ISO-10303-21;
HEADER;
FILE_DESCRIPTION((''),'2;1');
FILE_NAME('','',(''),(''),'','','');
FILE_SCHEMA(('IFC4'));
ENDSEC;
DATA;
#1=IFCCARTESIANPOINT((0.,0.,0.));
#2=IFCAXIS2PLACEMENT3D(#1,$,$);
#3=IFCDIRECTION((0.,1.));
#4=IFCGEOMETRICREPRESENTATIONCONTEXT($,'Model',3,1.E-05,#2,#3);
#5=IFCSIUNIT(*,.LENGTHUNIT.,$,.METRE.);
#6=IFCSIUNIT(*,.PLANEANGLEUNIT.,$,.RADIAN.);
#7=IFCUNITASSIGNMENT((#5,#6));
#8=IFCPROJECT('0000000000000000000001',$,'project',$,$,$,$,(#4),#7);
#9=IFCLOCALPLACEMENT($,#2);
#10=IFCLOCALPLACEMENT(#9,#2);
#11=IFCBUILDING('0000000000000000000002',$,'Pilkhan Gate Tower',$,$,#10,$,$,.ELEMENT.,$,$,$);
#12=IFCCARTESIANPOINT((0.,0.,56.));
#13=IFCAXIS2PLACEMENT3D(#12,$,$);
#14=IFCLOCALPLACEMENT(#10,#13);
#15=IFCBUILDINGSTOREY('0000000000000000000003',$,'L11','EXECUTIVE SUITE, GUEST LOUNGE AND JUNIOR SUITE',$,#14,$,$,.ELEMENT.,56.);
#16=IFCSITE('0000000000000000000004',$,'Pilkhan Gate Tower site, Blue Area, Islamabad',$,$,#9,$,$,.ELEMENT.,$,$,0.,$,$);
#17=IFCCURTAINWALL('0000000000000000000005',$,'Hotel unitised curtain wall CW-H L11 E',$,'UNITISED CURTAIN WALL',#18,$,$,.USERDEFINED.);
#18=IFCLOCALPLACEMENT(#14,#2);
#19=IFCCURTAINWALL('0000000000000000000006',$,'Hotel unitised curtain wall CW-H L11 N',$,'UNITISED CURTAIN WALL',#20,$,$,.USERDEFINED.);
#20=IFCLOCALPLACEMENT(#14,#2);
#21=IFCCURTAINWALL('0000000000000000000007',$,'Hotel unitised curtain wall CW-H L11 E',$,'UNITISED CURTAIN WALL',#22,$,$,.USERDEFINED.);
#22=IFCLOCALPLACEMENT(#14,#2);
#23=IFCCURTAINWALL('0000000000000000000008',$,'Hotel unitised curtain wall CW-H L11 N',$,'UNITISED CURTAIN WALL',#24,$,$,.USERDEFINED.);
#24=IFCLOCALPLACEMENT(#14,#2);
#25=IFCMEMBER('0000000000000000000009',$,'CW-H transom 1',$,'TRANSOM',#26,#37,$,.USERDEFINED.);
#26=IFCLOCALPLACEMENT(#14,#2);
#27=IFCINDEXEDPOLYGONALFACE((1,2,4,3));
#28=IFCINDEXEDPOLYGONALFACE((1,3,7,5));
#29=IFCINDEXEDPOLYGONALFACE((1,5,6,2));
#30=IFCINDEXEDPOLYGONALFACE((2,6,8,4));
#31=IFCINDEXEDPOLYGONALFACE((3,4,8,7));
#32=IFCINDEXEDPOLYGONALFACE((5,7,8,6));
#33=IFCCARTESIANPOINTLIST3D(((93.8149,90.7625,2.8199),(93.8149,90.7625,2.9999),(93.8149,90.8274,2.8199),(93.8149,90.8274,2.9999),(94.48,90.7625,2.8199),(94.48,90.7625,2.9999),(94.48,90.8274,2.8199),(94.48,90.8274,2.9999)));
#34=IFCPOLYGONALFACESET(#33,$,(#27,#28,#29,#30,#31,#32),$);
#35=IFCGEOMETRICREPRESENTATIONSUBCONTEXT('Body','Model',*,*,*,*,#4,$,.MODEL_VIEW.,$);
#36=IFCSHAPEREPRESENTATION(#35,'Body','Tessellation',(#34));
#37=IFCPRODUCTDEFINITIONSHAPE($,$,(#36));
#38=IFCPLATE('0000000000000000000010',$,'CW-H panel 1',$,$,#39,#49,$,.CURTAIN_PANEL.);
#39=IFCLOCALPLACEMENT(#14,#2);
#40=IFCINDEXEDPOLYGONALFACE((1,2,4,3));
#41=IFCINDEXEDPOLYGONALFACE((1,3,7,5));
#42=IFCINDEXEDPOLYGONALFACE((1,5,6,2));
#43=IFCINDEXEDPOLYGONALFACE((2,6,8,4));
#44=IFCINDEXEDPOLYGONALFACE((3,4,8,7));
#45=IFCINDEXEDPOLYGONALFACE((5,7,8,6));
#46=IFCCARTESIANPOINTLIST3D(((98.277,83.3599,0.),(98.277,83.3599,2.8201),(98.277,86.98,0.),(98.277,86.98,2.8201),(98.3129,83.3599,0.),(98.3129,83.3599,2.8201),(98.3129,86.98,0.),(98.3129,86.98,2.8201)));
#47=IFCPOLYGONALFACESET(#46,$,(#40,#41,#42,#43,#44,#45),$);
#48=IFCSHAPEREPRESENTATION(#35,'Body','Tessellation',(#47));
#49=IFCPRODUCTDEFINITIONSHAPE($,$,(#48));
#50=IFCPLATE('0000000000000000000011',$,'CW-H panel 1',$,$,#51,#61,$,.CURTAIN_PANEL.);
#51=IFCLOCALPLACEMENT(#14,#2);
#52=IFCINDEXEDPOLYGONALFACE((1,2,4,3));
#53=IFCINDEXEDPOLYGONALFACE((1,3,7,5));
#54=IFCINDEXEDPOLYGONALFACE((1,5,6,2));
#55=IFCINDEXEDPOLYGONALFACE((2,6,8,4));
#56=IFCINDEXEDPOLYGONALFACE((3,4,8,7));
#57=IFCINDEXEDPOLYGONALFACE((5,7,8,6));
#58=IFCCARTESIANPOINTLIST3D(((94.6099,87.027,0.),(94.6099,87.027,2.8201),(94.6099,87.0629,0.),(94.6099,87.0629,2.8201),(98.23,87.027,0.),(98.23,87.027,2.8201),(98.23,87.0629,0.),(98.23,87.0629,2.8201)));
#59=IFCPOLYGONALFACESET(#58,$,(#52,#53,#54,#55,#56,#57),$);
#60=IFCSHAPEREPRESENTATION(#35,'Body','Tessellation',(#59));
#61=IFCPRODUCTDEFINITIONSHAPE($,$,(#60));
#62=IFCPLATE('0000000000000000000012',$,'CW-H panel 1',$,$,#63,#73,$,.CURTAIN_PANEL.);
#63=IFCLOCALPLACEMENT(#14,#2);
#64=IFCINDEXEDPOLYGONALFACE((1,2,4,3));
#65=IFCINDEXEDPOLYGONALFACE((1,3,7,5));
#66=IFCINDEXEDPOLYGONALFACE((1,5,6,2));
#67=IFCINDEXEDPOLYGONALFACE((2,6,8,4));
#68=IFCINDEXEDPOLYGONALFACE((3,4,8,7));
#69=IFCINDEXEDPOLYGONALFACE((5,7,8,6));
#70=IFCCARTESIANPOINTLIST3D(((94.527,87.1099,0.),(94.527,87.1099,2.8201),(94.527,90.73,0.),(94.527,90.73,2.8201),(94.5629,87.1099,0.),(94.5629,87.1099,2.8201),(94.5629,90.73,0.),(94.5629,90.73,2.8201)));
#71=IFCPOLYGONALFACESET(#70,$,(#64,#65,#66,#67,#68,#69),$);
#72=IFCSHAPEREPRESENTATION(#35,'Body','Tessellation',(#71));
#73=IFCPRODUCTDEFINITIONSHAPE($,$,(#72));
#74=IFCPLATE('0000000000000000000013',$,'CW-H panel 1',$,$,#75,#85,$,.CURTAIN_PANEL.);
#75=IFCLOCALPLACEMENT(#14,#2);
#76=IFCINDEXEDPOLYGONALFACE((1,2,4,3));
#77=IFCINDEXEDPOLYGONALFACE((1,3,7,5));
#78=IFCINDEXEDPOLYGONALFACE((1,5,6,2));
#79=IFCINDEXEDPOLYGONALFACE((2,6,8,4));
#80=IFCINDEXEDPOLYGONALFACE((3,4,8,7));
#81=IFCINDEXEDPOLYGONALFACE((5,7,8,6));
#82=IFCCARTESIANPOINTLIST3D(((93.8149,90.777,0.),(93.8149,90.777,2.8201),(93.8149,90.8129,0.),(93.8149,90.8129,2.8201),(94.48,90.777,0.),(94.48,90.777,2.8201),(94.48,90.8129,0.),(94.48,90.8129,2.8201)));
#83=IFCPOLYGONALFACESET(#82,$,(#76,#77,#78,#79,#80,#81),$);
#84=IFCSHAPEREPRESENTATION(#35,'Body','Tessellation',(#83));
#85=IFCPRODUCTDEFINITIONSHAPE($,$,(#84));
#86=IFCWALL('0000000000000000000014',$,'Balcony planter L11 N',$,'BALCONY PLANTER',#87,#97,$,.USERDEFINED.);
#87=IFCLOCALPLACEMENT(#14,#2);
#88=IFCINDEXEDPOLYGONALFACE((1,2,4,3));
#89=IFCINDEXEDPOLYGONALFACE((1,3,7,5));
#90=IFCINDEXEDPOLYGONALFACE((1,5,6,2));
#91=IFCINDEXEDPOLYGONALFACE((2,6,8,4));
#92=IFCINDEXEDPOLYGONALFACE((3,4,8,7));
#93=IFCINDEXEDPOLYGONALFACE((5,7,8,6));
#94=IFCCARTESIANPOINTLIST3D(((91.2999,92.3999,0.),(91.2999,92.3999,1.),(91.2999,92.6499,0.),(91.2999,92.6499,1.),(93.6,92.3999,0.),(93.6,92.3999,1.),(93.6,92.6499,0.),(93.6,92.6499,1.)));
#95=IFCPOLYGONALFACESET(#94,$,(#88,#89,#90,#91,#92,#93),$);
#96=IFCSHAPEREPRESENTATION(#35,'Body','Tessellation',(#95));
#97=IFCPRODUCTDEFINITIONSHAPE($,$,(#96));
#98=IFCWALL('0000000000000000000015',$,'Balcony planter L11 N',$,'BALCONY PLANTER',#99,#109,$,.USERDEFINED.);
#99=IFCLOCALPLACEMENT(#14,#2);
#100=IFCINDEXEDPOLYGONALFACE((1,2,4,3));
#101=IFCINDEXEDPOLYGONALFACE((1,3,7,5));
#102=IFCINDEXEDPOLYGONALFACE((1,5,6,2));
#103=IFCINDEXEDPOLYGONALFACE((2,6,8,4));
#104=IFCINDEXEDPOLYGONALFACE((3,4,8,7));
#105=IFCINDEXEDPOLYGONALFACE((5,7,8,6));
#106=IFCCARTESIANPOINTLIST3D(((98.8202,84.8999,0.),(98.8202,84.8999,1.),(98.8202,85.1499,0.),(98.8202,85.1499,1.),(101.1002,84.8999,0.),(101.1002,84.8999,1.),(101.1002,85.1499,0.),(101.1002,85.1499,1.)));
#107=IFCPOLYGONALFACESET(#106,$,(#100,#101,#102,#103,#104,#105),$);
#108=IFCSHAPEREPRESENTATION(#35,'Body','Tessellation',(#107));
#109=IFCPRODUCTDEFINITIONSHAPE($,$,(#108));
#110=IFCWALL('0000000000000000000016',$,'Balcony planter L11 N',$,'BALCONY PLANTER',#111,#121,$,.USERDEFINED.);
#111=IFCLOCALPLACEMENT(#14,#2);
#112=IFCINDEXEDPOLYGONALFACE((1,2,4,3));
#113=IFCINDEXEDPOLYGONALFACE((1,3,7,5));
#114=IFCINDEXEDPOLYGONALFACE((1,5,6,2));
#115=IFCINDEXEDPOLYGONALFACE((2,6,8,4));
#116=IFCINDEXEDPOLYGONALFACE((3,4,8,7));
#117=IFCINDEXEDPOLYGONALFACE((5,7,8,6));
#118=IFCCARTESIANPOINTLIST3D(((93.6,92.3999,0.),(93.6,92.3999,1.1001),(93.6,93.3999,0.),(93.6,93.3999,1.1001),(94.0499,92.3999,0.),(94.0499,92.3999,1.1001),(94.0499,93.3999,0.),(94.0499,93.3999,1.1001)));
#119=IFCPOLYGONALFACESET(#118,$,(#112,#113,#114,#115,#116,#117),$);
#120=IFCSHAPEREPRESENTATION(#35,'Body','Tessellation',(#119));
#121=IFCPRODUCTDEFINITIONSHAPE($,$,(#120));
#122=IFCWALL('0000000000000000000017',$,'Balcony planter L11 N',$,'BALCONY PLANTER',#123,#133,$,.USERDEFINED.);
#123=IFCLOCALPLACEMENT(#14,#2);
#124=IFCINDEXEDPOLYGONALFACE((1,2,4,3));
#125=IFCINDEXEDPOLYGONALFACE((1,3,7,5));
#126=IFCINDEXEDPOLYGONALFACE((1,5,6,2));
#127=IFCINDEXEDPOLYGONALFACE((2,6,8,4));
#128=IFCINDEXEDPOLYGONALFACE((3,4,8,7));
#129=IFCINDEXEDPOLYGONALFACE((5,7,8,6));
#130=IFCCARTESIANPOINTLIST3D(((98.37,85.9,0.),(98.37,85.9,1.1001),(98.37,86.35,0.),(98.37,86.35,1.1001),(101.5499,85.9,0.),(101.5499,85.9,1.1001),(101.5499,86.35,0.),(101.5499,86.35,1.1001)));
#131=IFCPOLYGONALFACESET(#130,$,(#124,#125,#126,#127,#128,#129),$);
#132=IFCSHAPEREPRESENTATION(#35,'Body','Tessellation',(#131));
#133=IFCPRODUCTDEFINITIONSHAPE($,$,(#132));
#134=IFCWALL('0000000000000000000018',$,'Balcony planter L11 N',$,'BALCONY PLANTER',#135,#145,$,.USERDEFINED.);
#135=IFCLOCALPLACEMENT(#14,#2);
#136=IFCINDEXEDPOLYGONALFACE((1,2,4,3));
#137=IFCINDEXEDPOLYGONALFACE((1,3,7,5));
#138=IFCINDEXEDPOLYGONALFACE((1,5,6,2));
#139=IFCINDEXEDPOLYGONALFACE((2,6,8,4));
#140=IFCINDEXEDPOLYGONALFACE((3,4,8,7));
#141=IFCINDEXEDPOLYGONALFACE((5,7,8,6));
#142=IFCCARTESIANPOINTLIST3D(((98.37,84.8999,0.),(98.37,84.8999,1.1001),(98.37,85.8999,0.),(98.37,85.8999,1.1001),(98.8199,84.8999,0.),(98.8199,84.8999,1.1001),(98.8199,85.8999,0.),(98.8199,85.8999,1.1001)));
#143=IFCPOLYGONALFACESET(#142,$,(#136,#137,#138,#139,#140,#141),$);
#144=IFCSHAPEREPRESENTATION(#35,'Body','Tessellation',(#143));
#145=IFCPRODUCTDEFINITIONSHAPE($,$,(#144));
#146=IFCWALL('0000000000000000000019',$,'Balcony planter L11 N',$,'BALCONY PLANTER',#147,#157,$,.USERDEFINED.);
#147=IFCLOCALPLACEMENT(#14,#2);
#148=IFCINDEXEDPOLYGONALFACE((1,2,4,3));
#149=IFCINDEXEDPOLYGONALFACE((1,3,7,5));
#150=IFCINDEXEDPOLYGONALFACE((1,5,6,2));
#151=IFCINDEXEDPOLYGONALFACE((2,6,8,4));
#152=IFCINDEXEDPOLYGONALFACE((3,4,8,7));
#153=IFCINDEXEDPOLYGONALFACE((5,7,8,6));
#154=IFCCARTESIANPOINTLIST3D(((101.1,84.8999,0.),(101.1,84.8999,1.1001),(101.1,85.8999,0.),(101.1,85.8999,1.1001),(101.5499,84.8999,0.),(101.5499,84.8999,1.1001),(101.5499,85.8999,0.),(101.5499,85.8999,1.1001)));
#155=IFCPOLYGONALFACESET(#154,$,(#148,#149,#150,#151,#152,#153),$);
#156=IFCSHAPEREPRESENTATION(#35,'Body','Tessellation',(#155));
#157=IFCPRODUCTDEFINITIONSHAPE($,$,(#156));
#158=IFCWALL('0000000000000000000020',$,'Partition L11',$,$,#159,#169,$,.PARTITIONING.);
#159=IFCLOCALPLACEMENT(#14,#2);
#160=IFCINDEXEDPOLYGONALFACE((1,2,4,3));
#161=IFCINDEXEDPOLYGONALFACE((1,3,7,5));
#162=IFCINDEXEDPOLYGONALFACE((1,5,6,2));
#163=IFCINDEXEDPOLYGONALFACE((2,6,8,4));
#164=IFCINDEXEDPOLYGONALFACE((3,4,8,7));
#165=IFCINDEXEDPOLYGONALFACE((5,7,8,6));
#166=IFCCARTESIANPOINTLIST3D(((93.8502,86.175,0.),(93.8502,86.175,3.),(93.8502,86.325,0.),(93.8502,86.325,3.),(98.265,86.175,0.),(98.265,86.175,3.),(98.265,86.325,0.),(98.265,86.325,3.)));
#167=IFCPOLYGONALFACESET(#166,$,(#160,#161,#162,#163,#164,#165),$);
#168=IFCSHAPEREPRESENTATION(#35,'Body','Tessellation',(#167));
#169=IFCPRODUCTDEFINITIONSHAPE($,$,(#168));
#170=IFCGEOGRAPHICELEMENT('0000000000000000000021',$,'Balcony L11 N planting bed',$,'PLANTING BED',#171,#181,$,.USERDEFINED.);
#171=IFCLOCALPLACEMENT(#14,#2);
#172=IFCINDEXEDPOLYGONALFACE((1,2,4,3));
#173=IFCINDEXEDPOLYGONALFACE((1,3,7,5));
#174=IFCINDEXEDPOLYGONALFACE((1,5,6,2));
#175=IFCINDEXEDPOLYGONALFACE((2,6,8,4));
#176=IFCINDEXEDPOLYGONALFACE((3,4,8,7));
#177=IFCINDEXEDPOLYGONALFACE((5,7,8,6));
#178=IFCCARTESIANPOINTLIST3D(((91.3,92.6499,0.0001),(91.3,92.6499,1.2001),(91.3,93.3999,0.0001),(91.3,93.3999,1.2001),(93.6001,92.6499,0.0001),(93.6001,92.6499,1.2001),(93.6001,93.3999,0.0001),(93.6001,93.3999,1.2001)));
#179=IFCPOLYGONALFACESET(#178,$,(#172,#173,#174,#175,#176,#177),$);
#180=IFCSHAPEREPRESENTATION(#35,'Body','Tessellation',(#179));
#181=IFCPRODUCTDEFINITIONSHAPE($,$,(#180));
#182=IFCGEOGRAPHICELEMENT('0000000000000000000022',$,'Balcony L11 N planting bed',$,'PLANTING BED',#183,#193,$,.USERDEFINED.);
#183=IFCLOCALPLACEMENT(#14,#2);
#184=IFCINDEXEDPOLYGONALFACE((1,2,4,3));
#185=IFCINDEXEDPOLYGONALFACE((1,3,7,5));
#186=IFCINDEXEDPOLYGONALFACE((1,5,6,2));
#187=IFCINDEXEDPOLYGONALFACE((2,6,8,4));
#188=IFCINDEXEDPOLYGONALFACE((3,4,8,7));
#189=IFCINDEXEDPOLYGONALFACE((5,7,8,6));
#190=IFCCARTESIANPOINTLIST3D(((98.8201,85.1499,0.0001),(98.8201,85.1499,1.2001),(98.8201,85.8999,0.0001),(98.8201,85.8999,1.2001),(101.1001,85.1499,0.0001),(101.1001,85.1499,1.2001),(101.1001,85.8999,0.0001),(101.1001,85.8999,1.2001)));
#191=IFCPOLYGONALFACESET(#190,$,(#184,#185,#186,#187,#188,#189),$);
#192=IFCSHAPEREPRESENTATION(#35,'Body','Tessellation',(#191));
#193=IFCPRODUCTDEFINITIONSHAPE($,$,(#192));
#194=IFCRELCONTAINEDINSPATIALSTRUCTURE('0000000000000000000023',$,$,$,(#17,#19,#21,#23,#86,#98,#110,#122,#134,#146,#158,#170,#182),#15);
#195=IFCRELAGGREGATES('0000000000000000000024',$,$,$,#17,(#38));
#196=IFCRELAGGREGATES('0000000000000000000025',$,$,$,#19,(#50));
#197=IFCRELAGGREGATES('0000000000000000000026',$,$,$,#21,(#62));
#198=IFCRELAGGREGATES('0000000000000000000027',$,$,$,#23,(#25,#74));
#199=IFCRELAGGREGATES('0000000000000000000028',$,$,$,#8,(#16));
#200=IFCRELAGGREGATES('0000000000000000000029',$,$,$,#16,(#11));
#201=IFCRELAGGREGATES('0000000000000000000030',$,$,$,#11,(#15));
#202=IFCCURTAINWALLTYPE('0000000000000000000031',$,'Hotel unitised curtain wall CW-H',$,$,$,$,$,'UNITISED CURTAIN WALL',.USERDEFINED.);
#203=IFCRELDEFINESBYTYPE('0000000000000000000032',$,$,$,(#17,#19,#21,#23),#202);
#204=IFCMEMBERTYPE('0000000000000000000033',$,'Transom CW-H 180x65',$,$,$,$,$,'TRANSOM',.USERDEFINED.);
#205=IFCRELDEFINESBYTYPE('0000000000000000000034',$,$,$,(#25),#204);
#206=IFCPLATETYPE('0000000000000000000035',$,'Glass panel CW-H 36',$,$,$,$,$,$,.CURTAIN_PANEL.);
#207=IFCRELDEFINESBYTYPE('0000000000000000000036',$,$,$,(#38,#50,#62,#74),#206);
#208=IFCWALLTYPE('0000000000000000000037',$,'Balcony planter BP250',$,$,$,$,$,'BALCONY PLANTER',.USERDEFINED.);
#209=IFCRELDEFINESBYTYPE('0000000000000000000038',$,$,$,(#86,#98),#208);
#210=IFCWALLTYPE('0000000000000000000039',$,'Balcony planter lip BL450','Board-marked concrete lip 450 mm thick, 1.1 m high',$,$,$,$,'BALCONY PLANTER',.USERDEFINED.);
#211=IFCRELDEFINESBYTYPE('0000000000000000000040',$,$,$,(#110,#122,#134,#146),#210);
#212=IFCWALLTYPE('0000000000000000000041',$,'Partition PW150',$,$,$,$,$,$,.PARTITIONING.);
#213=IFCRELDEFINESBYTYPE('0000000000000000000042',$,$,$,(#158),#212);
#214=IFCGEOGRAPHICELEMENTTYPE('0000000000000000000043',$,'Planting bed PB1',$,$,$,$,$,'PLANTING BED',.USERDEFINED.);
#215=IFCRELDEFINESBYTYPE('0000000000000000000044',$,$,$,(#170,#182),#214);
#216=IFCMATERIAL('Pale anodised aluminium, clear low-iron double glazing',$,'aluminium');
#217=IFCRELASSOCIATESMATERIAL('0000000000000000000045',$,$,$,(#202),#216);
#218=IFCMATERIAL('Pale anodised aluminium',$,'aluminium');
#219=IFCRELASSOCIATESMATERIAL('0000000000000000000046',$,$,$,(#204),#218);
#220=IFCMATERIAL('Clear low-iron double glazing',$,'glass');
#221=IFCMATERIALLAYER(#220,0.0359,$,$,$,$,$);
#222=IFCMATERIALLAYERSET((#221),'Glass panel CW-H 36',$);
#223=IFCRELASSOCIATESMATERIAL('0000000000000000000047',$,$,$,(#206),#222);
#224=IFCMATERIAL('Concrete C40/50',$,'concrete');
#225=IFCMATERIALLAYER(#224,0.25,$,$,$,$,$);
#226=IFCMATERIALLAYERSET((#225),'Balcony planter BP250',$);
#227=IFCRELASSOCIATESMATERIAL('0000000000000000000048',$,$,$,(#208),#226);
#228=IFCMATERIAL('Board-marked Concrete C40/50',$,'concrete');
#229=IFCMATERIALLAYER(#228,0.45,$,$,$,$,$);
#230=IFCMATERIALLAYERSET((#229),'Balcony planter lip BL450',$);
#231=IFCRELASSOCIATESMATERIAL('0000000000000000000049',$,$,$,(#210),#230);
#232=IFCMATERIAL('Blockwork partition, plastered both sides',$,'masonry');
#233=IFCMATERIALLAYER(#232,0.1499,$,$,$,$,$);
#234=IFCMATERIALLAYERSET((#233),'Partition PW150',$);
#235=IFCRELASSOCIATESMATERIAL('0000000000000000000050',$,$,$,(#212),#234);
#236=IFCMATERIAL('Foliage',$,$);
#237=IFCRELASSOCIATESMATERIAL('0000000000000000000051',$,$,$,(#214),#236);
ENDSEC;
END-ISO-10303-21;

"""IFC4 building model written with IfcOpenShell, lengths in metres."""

from ifc_helpers import new_model, si_unit, direction, frame, frame_2d, origin, origin_2d, place, context, subcontext, project, spatial, rectangle, extrude, material, layer, layer_set, material_profile, profile_set, type_object, element, aggregate, save


model = new_model("IFC4")

# Units and contexts
model_context = context("Model", 3, precision=1e-05, world=origin(), true_north=direction((0.0, 1.0)))
body_context = subcontext(model_context, "Body", "Model", "MODEL_VIEW")
ifc_project = project(units=[si_unit("LENGTHUNIT", "METRE"), si_unit("PLANEANGLEUNIT", "RADIAN")], contexts=[model_context])

# Site, building, storey
site_placement = place(None, origin())
site = spatial("IfcSite", under=ifc_project, at=site_placement, Name="Pilkhan Gate Tower site, Blue Area, Islamabad", CompositionType="ELEMENT", RefElevation=0.0)
building_placement = place(site_placement, origin())
building = spatial("IfcBuilding", under=site, at=building_placement, Name="Pilkhan Gate Tower", CompositionType="ELEMENT")
storey_placement = place(building_placement, frame((0.0, 0.0, 56.0)))
storey = spatial("IfcBuildingStorey", under=building, at=storey_placement, Name="L11", Description="EXECUTIVE SUITE, GUEST LOUNGE AND JUNIOR SUITE", CompositionType="ELEMENT", Elevation=56.0)

# Curtain wall
ifc_material_1 = material(Name="Pale anodised aluminium, clear low-iron double glazing", Category="aluminium")
curtain_wall_type = type_object("IfcCurtainWallType", Name="Hotel unitised curtain wall CW-H", ElementType="UNITISED CURTAIN WALL", PredefinedType="USERDEFINED", material=ifc_material_1)
curtain_wall_1_placement = place(storey_placement, origin())
curtain_wall_1 = element("IfcCurtainWall", 1, at=curtain_wall_1_placement, inside=storey, type_object=curtain_wall_type, Name="Hotel unitised curtain wall CW-H L11 E", ObjectType="UNITISED CURTAIN WALL", PredefinedType="USERDEFINED")
ifc_material_2 = material(Name="Pale anodised aluminium", Category="aluminium")

# Curtain walls
curtain_wall_2_placement = place(storey_placement, origin())
curtain_wall_2 = element("IfcCurtainWall", 2, at=curtain_wall_2_placement, inside=storey, type_object=curtain_wall_type, Name="Hotel unitised curtain wall CW-H L11 N", ObjectType="UNITISED CURTAIN WALL", PredefinedType="USERDEFINED")
curtain_wall_3_placement = place(storey_placement, origin())
curtain_wall_3 = element("IfcCurtainWall", 3, at=curtain_wall_3_placement, inside=storey, type_object=curtain_wall_type, Name="Hotel unitised curtain wall CW-H L11 E", ObjectType="UNITISED CURTAIN WALL", PredefinedType="USERDEFINED")
curtain_wall_4_placement = place(storey_placement, origin())
curtain_wall_4 = element("IfcCurtainWall", 4, at=curtain_wall_4_placement, inside=storey, type_object=curtain_wall_type, Name="Hotel unitised curtain wall CW-H L11 N", ObjectType="UNITISED CURTAIN WALL", PredefinedType="USERDEFINED")

# Member
ifc_material_profile_1 = material_profile(ifc_material_2, rectangle(XDim=0.0649, YDim=0.1799, at=origin_2d()), Name="Transom 180x65")
ifc_profile_set_1 = profile_set([ifc_material_profile_1], Name="Pale anodised aluminium")
member_type_1 = type_object("IfcMemberType", Name="Transom CW-H 180x65", ElementType="TRANSOM", PredefinedType="USERDEFINED", material=ifc_profile_set_1)
member_1_placement = place(storey_placement, frame((93.8149, 90.7949, 2.9099), z_axis=(1.0, 0.0, 0.0), x_axis=(0.0, 1.0, 0.0)))
member_1 = element("IfcMember", 5, at=member_1_placement, type_object=member_type_1, Name="CW-H transom 1", ObjectType="TRANSOM", PredefinedType="USERDEFINED", context=body_context, shape_type="SweptSolid", body=[
    extrude(rectangle(XDim=0.0649, YDim=0.1799, at=origin_2d()), origin(), (0.0, 0.0, 1.0), 0.665),
])

# Plates
ifc_material_3 = material(Name="Clear low-iron double glazing", Category="glass")
ifc_layer_1 = layer(ifc_material_3, 0.0359)
ifc_layer_set_1 = layer_set([ifc_layer_1], Name="Glass panel CW-H 36")
plate_type = type_object("IfcPlateType", Name="Glass panel CW-H 36", PredefinedType="CURTAIN_PANEL", material=ifc_layer_set_1)
plate_1_placement = place(storey_placement, frame((98.2949, 85.1699, 0.0), z_axis=(0.0, 0.0, 1.0), x_axis=(0.0, 1.0, 0.0)))
plate_1 = element("IfcPlate", 6, at=plate_1_placement, type_object=plate_type, Name="CW-H panel 1", PredefinedType="CURTAIN_PANEL", context=body_context, shape_type="SweptSolid", body=[
    extrude(rectangle(XDim=3.6201, YDim=0.0359, at=origin_2d()), origin(), (0.0, 0.0, 1.0), 2.8201),
])
aggregate(curtain_wall_1, [plate_1])
plate_2_placement = place(storey_placement, frame((96.4199, 87.0449, 0.0), z_axis=(0.0, 0.0, 1.0), x_axis=(1.0, 0.0, 0.0)))
plate_2 = element("IfcPlate", 7, at=plate_2_placement, type_object=plate_type, Name="CW-H panel 1", PredefinedType="CURTAIN_PANEL", context=body_context, shape_type="SweptSolid", body=[
    extrude(rectangle(XDim=3.6201, YDim=0.0359, at=origin_2d()), origin(), (0.0, 0.0, 1.0), 2.8201),
])
aggregate(curtain_wall_2, [plate_2])
plate_3_placement = place(storey_placement, frame((94.5449, 88.9199, 0.0), z_axis=(0.0, 0.0, 1.0), x_axis=(0.0, 1.0, 0.0)))
plate_3 = element("IfcPlate", 8, at=plate_3_placement, type_object=plate_type, Name="CW-H panel 1", PredefinedType="CURTAIN_PANEL", context=body_context, shape_type="SweptSolid", body=[
    extrude(rectangle(XDim=3.6201, YDim=0.0359, at=origin_2d()), origin(), (0.0, 0.0, 1.0), 2.8201),
])
aggregate(curtain_wall_3, [plate_3])
plate_4_placement = place(storey_placement, frame((94.1475, 90.7949, 0.0), z_axis=(0.0, 0.0, 1.0), x_axis=(1.0, 0.0, 0.0)))
plate_4 = element("IfcPlate", 9, at=plate_4_placement, type_object=plate_type, Name="CW-H panel 1", PredefinedType="CURTAIN_PANEL", context=body_context, shape_type="SweptSolid", body=[
    extrude(rectangle(XDim=0.665, YDim=0.0359, at=origin_2d()), origin(), (0.0, 0.0, 1.0), 2.8201),
])
aggregate(curtain_wall_4, [member_1, plate_4])

# Walls
ifc_material_4 = material(Name="Concrete C40/50", Category="concrete")
ifc_layer_2 = layer(ifc_material_4, 0.25)
ifc_layer_set_2 = layer_set([ifc_layer_2], Name="Balcony planter BP250")
wall_type_1 = type_object("IfcWallType", Name="Balcony planter BP250", ElementType="BALCONY PLANTER", PredefinedType="USERDEFINED", material=ifc_layer_set_2)
wall_1_placement = place(storey_placement, frame((91.3, 92.5249, 0.0), z_axis=(0.0, 0.0, 1.0), x_axis=(1.0, 0.0, 0.0)))
element("IfcWall", 10, at=wall_1_placement, inside=storey, type_object=wall_type_1, Name="Balcony planter L11 N", ObjectType="BALCONY PLANTER", PredefinedType="USERDEFINED", context=body_context, shape_type="SweptSolid", body=[
    extrude(rectangle(XDim=2.3, YDim=0.25, at=frame_2d((1.1499, 0.0))), origin(), (0.0, 0.0, 1.0), 1.0),
])
wall_2_placement = place(storey_placement, frame((98.8201, 85.0249, 0.0), z_axis=(0.0, 0.0, 1.0), x_axis=(1.0, 0.0, 0.0)))
element("IfcWall", 11, at=wall_2_placement, inside=storey, type_object=wall_type_1, Name="Balcony planter L11 N", ObjectType="BALCONY PLANTER", PredefinedType="USERDEFINED", context=body_context, shape_type="SweptSolid", body=[
    extrude(rectangle(XDim=2.28, YDim=0.25, at=frame_2d((1.1401, 0.0))), origin(), (0.0, 0.0, 1.0), 1.0),
])
ifc_material_5 = material(Name="Board-marked Concrete C40/50", Category="concrete")
ifc_layer_3 = layer(ifc_material_5, 0.45)
ifc_layer_set_3 = layer_set([ifc_layer_3], Name="Balcony planter lip BL450")
wall_type_2 = type_object("IfcWallType", Name="Balcony planter lip BL450", Description="Board-marked concrete lip 450 mm thick, 1.1 m high", ElementType="BALCONY PLANTER", PredefinedType="USERDEFINED", material=ifc_layer_set_3)
wall_3_placement = place(storey_placement, frame((93.825, 92.3999, 0.0), z_axis=(0.0, 0.0, 1.0), x_axis=(0.0, 1.0, 0.0)))
element("IfcWall", 12, at=wall_3_placement, inside=storey, type_object=wall_type_2, Name="Balcony planter L11 N", ObjectType="BALCONY PLANTER", PredefinedType="USERDEFINED", context=body_context, shape_type="SweptSolid", body=[
    extrude(rectangle(XDim=1.0, YDim=0.45, at=frame_2d((0.5, 0.0))), origin(), (0.0, 0.0, 1.0), 1.1001),
])
wall_4_placement = place(storey_placement, frame((98.3701, 86.125, 0.0), z_axis=(0.0, 0.0, 1.0), x_axis=(1.0, 0.0, 0.0)))
element("IfcWall", 13, at=wall_4_placement, inside=storey, type_object=wall_type_2, Name="Balcony planter L11 N", ObjectType="BALCONY PLANTER", PredefinedType="USERDEFINED", context=body_context, shape_type="SweptSolid", body=[
    extrude(rectangle(XDim=3.1799, YDim=0.45, at=frame_2d((1.5898, 0.0))), origin(), (0.0, 0.0, 1.0), 1.1001),
])
for number, where, z_axis, x_axis, name in (
    (14, (98.595, 84.8999, 0.0), (0.0, 0.0, 1.0), (0.0, 1.0, 0.0), "Balcony planter L11 N"),
    (15, (101.325, 84.8999, 0.0), (0.0, 0.0, 1.0), (0.0, 1.0, 0.0), "Balcony planter L11 N"),
):
    element("IfcWall", number, at=place(storey_placement, frame(where, z_axis=z_axis, x_axis=x_axis)), inside=storey, type_object=wall_type_2, Name=name, ObjectType="BALCONY PLANTER", PredefinedType="USERDEFINED", context=body_context, shape_type="SweptSolid", body=[
        extrude(rectangle(XDim=1.0, YDim=0.45, at=frame_2d((0.5, 0.0))), origin(), (0.0, 0.0, 1.0), 1.1001),
    ])
ifc_material_6 = material(Name="Blockwork partition, plastered both sides", Category="masonry")
ifc_layer_4 = layer(ifc_material_6, 0.1499)
ifc_layer_set_4 = layer_set([ifc_layer_4], Name="Partition PW150")
wall_type_3 = type_object("IfcWallType", Name="Partition PW150", PredefinedType="PARTITIONING", material=ifc_layer_set_4)
wall_5_placement = place(storey_placement, frame((93.8501, 86.25, 0.0), z_axis=(0.0, 0.0, 1.0), x_axis=(1.0, 0.0, 0.0)))
element("IfcWall", 16, at=wall_5_placement, inside=storey, type_object=wall_type_3, Name="Partition L11", PredefinedType="PARTITIONING", context=body_context, shape_type="SweptSolid", body=[
    extrude(rectangle(XDim=4.4148, YDim=0.1499, at=frame_2d((2.2075, 0.0))), origin(), (0.0, 0.0, 1.0), 3.0),
])

# Geographic elements
ifc_material_7 = material(Name="Foliage")
ifc_material_profile_2 = material_profile(ifc_material_7, rectangle(XDim=0.75, YDim=1.2, at=origin_2d()), Name="Bed 750x1200")
ifc_profile_set_2 = profile_set([ifc_material_profile_2], Name="Foliage")
geographic_element_type_1 = type_object("IfcGeographicElementType", Name="Planting bed PB1", ElementType="PLANTING BED", PredefinedType="USERDEFINED", material=ifc_profile_set_2)
geographic_element_1_placement = place(storey_placement, frame((91.3, 93.0249, 0.6001), z_axis=(1.0, 0.0, 0.0), x_axis=(0.0, 1.0, 0.0)))
element("IfcGeographicElement", 17, at=geographic_element_1_placement, inside=storey, type_object=geographic_element_type_1, Name="Balcony L11 N planting bed", ObjectType="PLANTING BED", PredefinedType="USERDEFINED", context=body_context, shape_type="SweptSolid", body=[
    extrude(rectangle(XDim=0.75, YDim=1.2, at=origin_2d()), origin(), (0.0, 0.0, 1.0), 2.3),
])
geographic_element_2_placement = place(storey_placement, frame((98.8201, 85.5249, 0.6001), z_axis=(1.0, 0.0, 0.0), x_axis=(0.0, 1.0, 0.0)))
element("IfcGeographicElement", 18, at=geographic_element_2_placement, inside=storey, type_object=geographic_element_type_1, Name="Balcony L11 N planting bed", ObjectType="PLANTING BED", PredefinedType="USERDEFINED", context=body_context, shape_type="SweptSolid", body=[
    extrude(rectangle(XDim=0.75, YDim=1.2, at=origin_2d()), origin(), (0.0, 0.0, 1.0), 2.28),
])

save(model, "model.ifc")
